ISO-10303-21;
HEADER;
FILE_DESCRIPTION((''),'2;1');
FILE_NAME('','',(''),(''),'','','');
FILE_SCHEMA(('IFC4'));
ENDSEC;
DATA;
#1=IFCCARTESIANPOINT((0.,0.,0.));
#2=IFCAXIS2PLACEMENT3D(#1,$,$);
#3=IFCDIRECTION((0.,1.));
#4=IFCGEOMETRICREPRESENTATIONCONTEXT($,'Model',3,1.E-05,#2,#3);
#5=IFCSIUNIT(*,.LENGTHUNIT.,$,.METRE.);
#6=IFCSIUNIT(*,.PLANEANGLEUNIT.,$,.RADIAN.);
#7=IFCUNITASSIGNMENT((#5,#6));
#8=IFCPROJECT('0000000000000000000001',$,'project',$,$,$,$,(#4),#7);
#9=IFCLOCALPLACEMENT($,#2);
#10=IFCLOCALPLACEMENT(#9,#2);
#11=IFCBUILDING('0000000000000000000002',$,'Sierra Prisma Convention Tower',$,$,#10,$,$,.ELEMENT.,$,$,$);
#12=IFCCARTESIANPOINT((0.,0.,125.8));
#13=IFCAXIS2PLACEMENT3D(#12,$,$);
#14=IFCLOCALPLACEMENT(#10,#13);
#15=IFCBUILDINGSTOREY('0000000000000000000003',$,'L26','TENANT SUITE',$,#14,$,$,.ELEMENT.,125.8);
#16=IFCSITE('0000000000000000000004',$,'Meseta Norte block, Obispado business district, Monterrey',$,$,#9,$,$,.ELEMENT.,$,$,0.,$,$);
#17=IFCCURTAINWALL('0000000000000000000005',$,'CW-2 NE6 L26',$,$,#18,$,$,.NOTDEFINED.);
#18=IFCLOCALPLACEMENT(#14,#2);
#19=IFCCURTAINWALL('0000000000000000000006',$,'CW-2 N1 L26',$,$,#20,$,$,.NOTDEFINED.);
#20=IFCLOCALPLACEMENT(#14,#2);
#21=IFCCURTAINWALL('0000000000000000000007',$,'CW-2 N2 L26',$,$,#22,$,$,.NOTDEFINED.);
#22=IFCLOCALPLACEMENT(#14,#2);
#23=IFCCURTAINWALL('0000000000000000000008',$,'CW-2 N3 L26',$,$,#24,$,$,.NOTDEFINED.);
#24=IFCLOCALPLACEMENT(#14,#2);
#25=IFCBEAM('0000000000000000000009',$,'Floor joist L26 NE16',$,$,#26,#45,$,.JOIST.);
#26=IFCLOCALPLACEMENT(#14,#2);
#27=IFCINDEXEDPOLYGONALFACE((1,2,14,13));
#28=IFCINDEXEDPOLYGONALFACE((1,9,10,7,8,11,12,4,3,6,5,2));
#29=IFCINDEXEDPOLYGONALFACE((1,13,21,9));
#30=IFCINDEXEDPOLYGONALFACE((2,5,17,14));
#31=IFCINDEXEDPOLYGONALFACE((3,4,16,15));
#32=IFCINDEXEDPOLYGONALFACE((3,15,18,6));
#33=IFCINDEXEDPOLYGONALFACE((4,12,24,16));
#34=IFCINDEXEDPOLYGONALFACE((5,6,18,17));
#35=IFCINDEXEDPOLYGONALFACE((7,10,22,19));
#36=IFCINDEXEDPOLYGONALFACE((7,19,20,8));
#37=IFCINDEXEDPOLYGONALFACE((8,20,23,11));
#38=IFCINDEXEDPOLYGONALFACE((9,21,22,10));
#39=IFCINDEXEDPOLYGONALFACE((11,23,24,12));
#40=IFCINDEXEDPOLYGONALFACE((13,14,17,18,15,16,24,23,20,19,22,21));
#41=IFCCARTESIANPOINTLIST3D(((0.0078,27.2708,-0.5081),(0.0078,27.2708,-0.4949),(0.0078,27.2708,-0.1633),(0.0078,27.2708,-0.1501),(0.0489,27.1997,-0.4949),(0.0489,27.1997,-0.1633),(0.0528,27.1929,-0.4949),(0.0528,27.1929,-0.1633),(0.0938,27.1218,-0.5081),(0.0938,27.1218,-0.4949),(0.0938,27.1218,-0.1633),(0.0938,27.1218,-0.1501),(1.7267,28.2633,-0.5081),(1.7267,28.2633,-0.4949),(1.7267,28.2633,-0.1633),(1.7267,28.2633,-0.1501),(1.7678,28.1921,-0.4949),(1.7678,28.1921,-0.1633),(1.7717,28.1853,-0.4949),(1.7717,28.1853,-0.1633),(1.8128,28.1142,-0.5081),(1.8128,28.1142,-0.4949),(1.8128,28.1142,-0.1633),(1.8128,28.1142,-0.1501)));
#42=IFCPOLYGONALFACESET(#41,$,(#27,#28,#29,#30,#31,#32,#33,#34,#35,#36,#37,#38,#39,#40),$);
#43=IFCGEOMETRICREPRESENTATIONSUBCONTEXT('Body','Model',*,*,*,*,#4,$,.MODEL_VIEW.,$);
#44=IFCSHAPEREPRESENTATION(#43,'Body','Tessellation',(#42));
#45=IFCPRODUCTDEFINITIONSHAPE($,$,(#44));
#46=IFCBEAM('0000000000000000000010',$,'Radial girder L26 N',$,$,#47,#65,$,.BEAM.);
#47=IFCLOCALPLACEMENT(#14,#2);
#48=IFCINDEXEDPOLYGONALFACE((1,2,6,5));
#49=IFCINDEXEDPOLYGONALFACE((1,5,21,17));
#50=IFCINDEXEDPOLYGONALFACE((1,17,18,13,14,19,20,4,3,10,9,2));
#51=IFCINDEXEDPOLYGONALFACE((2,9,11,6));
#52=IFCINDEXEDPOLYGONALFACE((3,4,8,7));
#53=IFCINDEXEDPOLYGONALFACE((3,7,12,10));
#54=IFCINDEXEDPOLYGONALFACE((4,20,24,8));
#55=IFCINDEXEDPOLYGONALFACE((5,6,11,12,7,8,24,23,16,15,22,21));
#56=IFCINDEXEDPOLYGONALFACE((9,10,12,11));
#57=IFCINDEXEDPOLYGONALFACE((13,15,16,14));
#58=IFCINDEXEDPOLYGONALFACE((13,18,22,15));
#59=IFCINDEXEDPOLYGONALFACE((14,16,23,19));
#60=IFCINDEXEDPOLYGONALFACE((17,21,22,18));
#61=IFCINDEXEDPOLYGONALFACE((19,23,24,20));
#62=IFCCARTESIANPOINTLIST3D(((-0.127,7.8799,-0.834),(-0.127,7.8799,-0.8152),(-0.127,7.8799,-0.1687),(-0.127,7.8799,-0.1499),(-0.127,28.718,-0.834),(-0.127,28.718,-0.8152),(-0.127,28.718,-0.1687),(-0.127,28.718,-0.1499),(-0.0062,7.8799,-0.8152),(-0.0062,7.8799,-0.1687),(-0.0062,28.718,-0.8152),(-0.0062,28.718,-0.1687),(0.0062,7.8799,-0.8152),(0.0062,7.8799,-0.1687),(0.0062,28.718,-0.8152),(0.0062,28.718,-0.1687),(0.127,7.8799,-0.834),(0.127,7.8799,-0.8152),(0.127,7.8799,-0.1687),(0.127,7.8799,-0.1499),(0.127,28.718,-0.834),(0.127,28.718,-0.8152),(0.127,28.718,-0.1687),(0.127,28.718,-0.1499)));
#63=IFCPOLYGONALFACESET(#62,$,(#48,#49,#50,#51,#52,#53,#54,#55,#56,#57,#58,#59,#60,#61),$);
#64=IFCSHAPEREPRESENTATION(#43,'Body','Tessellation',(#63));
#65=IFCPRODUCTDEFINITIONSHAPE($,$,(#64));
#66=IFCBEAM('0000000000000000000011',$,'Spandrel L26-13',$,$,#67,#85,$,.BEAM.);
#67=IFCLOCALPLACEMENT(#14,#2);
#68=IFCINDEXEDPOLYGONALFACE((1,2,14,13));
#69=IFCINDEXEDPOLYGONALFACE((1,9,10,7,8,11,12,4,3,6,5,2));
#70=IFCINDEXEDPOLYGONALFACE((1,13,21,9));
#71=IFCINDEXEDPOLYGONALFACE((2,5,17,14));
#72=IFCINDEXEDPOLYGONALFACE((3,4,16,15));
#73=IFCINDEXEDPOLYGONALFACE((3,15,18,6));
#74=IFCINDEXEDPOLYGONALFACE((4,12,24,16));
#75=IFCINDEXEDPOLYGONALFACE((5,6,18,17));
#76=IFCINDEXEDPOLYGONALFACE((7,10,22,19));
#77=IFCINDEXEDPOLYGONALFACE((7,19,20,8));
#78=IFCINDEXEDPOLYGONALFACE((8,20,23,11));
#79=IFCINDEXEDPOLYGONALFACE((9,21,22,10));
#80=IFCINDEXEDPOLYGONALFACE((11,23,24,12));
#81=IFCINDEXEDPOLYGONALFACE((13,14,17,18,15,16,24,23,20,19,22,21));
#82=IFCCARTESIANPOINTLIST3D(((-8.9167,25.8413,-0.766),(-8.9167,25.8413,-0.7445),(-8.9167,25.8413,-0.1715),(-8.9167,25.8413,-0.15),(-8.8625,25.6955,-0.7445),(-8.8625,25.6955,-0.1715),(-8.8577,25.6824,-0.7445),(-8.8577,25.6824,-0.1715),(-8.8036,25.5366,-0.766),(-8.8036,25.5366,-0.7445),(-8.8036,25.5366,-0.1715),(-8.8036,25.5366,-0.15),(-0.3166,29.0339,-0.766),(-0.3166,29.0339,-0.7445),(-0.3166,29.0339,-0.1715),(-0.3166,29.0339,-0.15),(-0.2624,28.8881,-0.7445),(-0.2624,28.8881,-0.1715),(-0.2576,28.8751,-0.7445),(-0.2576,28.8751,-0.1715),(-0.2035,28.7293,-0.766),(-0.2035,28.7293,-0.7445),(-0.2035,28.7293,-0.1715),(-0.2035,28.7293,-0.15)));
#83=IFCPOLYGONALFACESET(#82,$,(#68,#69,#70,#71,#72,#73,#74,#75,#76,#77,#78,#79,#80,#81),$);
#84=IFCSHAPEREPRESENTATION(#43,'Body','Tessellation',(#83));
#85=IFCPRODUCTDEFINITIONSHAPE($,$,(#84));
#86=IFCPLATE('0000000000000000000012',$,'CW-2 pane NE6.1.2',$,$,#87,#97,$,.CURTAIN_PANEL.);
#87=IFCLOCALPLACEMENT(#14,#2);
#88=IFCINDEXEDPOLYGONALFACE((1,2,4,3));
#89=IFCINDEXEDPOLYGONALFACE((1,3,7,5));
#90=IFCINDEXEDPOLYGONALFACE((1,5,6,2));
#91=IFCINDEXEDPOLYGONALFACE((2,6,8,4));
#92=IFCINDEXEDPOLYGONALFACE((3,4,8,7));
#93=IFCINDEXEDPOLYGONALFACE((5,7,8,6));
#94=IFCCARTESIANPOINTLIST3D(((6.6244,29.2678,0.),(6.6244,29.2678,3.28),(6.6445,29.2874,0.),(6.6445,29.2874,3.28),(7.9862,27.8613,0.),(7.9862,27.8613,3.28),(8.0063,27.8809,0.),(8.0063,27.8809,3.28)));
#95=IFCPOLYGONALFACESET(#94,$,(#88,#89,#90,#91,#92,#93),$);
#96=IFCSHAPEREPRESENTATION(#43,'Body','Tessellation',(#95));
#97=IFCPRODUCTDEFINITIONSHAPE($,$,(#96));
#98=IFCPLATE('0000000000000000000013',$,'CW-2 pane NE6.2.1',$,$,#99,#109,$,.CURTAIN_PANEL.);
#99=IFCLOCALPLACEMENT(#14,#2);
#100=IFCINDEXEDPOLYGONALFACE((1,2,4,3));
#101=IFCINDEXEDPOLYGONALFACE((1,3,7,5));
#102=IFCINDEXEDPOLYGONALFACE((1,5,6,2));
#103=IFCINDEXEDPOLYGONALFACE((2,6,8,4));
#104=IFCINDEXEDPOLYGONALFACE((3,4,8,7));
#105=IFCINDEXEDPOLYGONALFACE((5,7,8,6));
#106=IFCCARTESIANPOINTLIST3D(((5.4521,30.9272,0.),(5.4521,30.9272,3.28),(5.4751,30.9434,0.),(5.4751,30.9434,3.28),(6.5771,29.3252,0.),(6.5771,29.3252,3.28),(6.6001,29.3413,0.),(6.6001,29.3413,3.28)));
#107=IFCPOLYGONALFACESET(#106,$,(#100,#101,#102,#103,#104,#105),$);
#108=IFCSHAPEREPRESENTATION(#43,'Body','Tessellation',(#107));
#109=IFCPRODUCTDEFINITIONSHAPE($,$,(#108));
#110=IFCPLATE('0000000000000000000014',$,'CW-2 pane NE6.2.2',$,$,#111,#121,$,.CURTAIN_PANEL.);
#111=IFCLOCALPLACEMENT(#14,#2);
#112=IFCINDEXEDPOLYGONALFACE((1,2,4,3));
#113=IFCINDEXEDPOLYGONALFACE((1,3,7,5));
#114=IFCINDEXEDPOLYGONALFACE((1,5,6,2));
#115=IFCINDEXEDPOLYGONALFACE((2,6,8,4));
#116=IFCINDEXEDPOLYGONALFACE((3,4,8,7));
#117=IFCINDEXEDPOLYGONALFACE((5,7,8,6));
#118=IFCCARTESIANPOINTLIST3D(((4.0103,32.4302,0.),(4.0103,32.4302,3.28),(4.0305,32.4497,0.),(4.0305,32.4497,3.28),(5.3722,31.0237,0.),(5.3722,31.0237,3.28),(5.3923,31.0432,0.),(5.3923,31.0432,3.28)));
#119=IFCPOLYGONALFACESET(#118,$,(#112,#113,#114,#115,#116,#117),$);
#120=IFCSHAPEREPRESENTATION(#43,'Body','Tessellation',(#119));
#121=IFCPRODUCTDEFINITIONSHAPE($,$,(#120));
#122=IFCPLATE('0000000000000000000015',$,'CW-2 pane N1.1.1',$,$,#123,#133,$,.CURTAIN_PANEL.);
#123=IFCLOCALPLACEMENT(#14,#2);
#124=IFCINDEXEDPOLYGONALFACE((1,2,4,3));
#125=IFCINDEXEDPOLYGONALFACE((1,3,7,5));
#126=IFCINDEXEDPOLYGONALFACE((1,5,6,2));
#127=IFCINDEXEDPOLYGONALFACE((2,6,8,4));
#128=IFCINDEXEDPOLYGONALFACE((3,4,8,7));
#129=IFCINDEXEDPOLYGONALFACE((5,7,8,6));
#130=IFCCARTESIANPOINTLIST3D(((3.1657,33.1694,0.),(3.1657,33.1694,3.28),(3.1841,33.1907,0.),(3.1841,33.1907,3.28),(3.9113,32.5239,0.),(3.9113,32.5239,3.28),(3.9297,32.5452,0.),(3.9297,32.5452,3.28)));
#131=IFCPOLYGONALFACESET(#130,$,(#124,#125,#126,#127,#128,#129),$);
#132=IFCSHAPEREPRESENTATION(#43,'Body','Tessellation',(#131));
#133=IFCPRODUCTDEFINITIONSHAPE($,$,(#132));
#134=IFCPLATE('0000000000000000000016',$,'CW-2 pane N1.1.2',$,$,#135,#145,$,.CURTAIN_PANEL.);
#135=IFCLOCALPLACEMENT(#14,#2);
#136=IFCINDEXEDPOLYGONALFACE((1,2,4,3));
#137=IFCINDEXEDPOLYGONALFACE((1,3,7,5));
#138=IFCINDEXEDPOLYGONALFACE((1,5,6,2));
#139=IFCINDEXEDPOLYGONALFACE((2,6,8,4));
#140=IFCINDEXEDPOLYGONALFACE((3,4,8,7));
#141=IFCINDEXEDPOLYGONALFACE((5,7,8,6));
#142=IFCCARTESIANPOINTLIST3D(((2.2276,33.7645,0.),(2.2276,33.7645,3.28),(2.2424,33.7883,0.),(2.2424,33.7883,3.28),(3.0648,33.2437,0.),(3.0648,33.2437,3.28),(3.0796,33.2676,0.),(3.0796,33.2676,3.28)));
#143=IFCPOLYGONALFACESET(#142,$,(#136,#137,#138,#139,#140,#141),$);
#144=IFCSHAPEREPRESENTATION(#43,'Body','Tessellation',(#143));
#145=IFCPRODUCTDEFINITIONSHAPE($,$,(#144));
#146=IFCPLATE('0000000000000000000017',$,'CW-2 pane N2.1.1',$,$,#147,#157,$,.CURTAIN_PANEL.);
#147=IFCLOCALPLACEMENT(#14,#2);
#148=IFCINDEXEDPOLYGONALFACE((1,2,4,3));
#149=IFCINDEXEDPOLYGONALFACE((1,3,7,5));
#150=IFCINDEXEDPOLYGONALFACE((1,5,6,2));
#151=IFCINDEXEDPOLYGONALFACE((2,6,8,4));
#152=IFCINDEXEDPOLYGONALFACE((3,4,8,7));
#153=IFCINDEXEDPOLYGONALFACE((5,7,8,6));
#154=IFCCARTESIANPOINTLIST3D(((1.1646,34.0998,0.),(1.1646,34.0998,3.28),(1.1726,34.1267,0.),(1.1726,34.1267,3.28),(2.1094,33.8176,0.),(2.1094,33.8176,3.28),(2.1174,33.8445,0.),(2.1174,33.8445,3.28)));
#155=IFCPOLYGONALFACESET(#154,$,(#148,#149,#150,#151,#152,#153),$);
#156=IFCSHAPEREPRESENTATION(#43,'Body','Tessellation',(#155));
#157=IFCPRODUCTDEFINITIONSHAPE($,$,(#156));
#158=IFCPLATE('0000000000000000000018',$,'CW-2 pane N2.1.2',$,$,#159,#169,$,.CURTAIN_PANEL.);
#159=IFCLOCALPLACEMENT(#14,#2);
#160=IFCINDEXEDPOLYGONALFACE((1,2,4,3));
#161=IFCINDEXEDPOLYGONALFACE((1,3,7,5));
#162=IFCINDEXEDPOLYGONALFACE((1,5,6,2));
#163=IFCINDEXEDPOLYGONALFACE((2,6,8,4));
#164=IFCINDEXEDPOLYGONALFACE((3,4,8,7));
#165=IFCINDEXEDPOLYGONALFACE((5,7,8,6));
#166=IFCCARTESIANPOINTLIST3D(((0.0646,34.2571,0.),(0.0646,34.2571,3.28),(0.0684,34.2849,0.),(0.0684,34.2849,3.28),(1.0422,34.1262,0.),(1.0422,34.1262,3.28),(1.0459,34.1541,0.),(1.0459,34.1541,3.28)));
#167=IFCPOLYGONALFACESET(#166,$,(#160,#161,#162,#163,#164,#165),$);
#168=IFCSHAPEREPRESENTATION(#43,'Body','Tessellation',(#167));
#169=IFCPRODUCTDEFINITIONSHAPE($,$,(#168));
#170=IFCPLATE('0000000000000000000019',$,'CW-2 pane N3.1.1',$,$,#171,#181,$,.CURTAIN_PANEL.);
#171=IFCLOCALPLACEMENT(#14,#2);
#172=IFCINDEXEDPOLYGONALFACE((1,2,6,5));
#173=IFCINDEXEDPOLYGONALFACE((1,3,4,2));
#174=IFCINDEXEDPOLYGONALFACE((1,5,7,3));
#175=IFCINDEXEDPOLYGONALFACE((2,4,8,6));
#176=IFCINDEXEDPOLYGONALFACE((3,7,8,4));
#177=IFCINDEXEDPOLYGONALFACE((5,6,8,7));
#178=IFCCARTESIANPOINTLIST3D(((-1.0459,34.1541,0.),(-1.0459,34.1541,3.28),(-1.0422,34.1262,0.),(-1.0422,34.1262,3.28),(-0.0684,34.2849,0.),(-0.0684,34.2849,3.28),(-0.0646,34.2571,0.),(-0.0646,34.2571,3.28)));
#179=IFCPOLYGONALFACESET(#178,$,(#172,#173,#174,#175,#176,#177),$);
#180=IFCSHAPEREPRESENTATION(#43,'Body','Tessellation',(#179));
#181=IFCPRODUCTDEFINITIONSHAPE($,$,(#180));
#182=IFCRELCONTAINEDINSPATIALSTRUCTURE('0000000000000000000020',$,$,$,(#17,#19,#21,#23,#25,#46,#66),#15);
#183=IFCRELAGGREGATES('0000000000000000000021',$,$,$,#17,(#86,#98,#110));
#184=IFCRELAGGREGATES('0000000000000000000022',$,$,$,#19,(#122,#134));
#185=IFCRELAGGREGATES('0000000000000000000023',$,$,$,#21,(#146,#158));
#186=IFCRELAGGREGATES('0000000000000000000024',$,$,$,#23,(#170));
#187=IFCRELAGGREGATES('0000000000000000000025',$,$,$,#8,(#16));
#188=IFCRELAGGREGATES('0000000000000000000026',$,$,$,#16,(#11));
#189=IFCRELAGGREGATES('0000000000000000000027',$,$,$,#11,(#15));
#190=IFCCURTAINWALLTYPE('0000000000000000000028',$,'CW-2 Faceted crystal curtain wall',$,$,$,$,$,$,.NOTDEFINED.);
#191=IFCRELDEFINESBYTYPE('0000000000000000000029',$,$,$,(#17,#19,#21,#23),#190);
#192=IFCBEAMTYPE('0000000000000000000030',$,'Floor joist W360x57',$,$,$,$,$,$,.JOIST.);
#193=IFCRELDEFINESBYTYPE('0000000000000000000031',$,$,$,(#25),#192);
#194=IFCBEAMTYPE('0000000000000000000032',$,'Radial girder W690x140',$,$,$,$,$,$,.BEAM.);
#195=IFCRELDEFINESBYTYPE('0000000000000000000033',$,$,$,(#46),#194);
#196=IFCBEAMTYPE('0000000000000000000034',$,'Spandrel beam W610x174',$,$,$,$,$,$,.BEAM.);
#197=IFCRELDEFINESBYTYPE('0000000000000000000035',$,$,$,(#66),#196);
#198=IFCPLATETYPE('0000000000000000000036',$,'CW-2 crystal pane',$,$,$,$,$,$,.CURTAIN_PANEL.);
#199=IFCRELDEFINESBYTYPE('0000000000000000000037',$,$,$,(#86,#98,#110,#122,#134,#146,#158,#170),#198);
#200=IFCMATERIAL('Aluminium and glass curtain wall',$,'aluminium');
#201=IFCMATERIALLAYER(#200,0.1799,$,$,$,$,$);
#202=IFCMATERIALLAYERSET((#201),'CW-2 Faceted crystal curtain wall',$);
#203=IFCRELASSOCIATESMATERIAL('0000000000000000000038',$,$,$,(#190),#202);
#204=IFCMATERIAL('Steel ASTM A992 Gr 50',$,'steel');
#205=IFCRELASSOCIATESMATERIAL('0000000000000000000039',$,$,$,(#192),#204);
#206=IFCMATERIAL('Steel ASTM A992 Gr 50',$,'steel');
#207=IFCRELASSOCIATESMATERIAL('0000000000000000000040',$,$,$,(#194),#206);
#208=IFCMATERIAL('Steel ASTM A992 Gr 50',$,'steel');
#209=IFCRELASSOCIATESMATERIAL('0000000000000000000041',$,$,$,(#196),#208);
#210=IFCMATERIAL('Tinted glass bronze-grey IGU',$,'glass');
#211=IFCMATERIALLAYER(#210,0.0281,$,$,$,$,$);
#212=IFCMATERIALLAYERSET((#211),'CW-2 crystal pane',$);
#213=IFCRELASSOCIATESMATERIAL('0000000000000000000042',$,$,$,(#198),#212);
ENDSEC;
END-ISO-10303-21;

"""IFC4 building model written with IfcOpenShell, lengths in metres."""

from ifc_helpers import new_model, si_unit, direction, frame, origin, origin_2d, place, context, subcontext, project, spatial, polyline, i_section, outline, extrude, material, layer, layer_set, material_profile, profile_set, type_object, element, aggregate, save


model = new_model("IFC4")

# Units and contexts
model_context = context("Model", 3, precision=1e-05, world=origin(), true_north=direction((0.0, 1.0)))
body_context = subcontext(model_context, "Body", "Model", "MODEL_VIEW")
ifc_project = project(units=[si_unit("LENGTHUNIT", "METRE"), si_unit("PLANEANGLEUNIT", "RADIAN")], contexts=[model_context])

# Site, building, storey
site_placement = place(None, origin())
site = spatial("IfcSite", under=ifc_project, at=site_placement, Name="Meseta Norte block, Obispado business district, Monterrey", CompositionType="ELEMENT", RefElevation=0.0)
building_placement = place(site_placement, origin())
building = spatial("IfcBuilding", under=site, at=building_placement, Name="Sierra Prisma Convention Tower", CompositionType="ELEMENT")
storey_placement = place(building_placement, frame((0.0, 0.0, 125.8)))
storey = spatial("IfcBuildingStorey", under=building, at=storey_placement, Name="L26", Description="TENANT SUITE", CompositionType="ELEMENT", Elevation=125.8)

# Curtain wall
ifc_material_1 = material(Name="Aluminium and glass curtain wall", Category="aluminium")
ifc_layer_1 = layer(ifc_material_1, 0.1799)
ifc_layer_set_1 = layer_set([ifc_layer_1], Name="CW-2 Faceted crystal curtain wall")
curtain_wall_type = type_object("IfcCurtainWallType", Name="CW-2 Faceted crystal curtain wall", PredefinedType="NOTDEFINED", material=ifc_layer_set_1)
curtain_wall_1_placement = place(storey_placement, origin())
curtain_wall_1 = element("IfcCurtainWall", 1, at=curtain_wall_1_placement, inside=storey, type_object=curtain_wall_type, Name="CW-2 NE6 L26", PredefinedType="NOTDEFINED")

# Curtain walls
curtain_wall_2_placement = place(storey_placement, origin())
curtain_wall_2 = element("IfcCurtainWall", 2, at=curtain_wall_2_placement, inside=storey, type_object=curtain_wall_type, Name="CW-2 N1 L26", PredefinedType="NOTDEFINED")
curtain_wall_3_placement = place(storey_placement, origin())
curtain_wall_3 = element("IfcCurtainWall", 3, at=curtain_wall_3_placement, inside=storey, type_object=curtain_wall_type, Name="CW-2 N2 L26", PredefinedType="NOTDEFINED")

# Curtain wall
curtain_wall_4_placement = place(storey_placement, origin())
curtain_wall_4 = element("IfcCurtainWall", 4, at=curtain_wall_4_placement, inside=storey, type_object=curtain_wall_type, Name="CW-2 N3 L26", PredefinedType="NOTDEFINED")

# Beams
ifc_material_2 = material(Name="Steel ASTM A992 Gr 50", Category="steel")
ifc_material_profile_1 = material_profile(ifc_material_2, i_section(OverallWidth=0.1721, OverallDepth=0.3579, WebThickness=0.0078, FlangeThickness=0.0132, at=origin_2d()), Name="W360x57")
ifc_profile_set_1 = profile_set([ifc_material_profile_1], Name="Steel ASTM A992 Gr 50")
beam_type_1 = type_object("IfcBeamType", Name="Floor joist W360x57", PredefinedType="JOIST", material=ifc_profile_set_1)
beam_1_placement = place(storey_placement, frame((1.7698, 28.1887, -0.3291), z_axis=(-0.866032, -0.499989, 0.0), x_axis=(0.499989, -0.866032, 0.0)))
element("IfcBeam", 5, at=beam_1_placement, inside=storey, type_object=beam_type_1, Name="Floor joist L26 NE16", PredefinedType="JOIST", context=body_context, shape_type="SweptSolid", body=[
    extrude(i_section(OverallWidth=0.1721, OverallDepth=0.3579, WebThickness=0.0078, FlangeThickness=0.0132, at=origin_2d()), origin(), (0.0, 0.0, 1.0), 1.9849),
])
ifc_material_3 = material(Name="Steel ASTM A992 Gr 50", Category="steel")
ifc_material_profile_2 = material_profile(ifc_material_3, i_section(OverallWidth=0.2539, OverallDepth=0.6841, WebThickness=0.0125, FlangeThickness=0.0188, at=origin_2d()), Name="W690x140")
ifc_profile_set_2 = profile_set([ifc_material_profile_2], Name="Steel ASTM A992 Gr 50")
beam_type_2 = type_object("IfcBeamType", Name="Radial girder W690x140", PredefinedType="BEAM", material=ifc_profile_set_2)
beam_2_placement = place(storey_placement, frame((0.0, 28.718, -0.4919), z_axis=(0.0, -1.0, 0.0), x_axis=(1.0, 0.0, 0.0)))
element("IfcBeam", 6, at=beam_2_placement, inside=storey, type_object=beam_type_2, Name="Radial girder L26 N", PredefinedType="BEAM", context=body_context, shape_type="SweptSolid", body=[
    extrude(i_section(OverallWidth=0.2539, OverallDepth=0.6841, WebThickness=0.0125, FlangeThickness=0.0188, at=origin_2d()), origin(), (0.0, 0.0, 1.0), 20.8381),
])
ifc_material_4 = material(Name="Steel ASTM A992 Gr 50", Category="steel")
ifc_material_profile_3 = material_profile(ifc_material_4, i_section(OverallWidth=0.325, OverallDepth=0.616, WebThickness=0.0139, FlangeThickness=0.0215, at=origin_2d()), Name="W610x174")
ifc_profile_set_3 = profile_set([ifc_material_profile_3], Name="Steel ASTM A992 Gr 50")
beam_type_3 = type_object("IfcBeamType", Name="Spandrel beam W610x174", PredefinedType="BEAM", material=ifc_profile_set_3)
beam_3_placement = place(storey_placement, frame((-0.26, 28.8816, -0.458), z_axis=(-0.937486, -0.348024, 0.0), x_axis=(0.348024, -0.937486, 0.0)))
element("IfcBeam", 7, at=beam_3_placement, inside=storey, type_object=beam_type_3, Name="Spandrel L26-13", PredefinedType="BEAM", context=body_context, shape_type="SweptSolid", body=[
    extrude(i_section(OverallWidth=0.325, OverallDepth=0.616, WebThickness=0.0139, FlangeThickness=0.0215, at=origin_2d()), origin(), (0.0, 0.0, 1.0), 9.1736),
])

# Plates
ifc_material_5 = material(Name="Tinted glass bronze-grey IGU", Category="glass")
ifc_layer_2 = layer(ifc_material_5, 0.0281)
ifc_layer_set_2 = layer_set([ifc_layer_2], Name="CW-2 crystal pane")
plate_type = type_object("IfcPlateType", Name="CW-2 crystal pane", PredefinedType="CURTAIN_PANEL", material=ifc_layer_set_2)
plate_1_placement = place(storey_placement, frame((6.6445, 29.2874, 0.0), z_axis=(0.718425, 0.695604, 0.0), x_axis=(0.695604, -0.718425, 0.0)))
plate_1 = element("IfcPlate", 8, at=plate_1_placement, type_object=plate_type, Name="CW-2 pane NE6.1.2", PredefinedType="CURTAIN_PANEL", context=body_context, shape_type="SweptSolid", body=[
    extrude(outline(polyline([(0.0, 0.0), (1.9577, 0.0), (1.9577, -3.28), (0.0, -3.28), (0.0, 0.0)])), origin(), (0.0, 0.0, -1.0), 0.0281),
])
plate_2_placement = place(storey_placement, frame((6.6001, 29.3413, 0.0), z_axis=(0.818376, 0.574684, 0.0), x_axis=(-0.574684, 0.818376, 0.0)))
plate_2 = element("IfcPlate", 9, at=plate_2_placement, type_object=plate_type, Name="CW-2 pane NE6.2.1", PredefinedType="CURTAIN_PANEL", context=body_context, shape_type="SweptSolid", body=[
    extrude(outline(polyline([(0.0, 0.0), (1.9576, 0.0), (1.9576, 3.28), (0.0, 3.28), (0.0, 0.0)])), origin(), (0.0, 0.0, -1.0), 0.0281),
])
plate_3_placement = place(storey_placement, frame((4.0305, 32.4497, 0.0), z_axis=(0.718425, 0.695604, 0.0), x_axis=(0.695604, -0.718425, 0.0)))
plate_3 = element("IfcPlate", 10, at=plate_3_placement, type_object=plate_type, Name="CW-2 pane NE6.2.2", PredefinedType="CURTAIN_PANEL", context=body_context, shape_type="SweptSolid", body=[
    extrude(outline(polyline([(0.0, 0.0), (1.9577, 0.0), (1.9577, -3.28), (0.0, -3.28), (0.0, 0.0)])), origin(), (0.0, 0.0, -1.0), 0.0281),
])
aggregate(curtain_wall_1, [plate_1, plate_2, plate_3])
plate_4_placement = place(storey_placement, frame((3.9297, 32.5452, 0.0), z_axis=(0.654535, 0.756032, 0.0), x_axis=(-0.756032, 0.654535, 0.0)))
plate_4 = element("IfcPlate", 11, at=plate_4_placement, type_object=plate_type, Name="CW-2 pane N1.1.1", PredefinedType="CURTAIN_PANEL", context=body_context, shape_type="SweptSolid", body=[
    extrude(outline(polyline([(0.0, 0.0), (0.9862, 0.0), (0.9862, 3.28), (0.0, 3.28), (0.0, 0.0)])), origin(), (0.0, 0.0, -1.0), 0.0281),
])
plate_5_placement = place(storey_placement, frame((2.2424, 33.7883, 0.0), z_axis=(0.528195, 0.849123, 0.0), x_axis=(0.849123, -0.528195, 0.0)))
plate_5 = element("IfcPlate", 12, at=plate_5_placement, type_object=plate_type, Name="CW-2 pane N1.1.2", PredefinedType="CURTAIN_PANEL", context=body_context, shape_type="SweptSolid", body=[
    extrude(outline(polyline([(0.0, 0.0), (0.9859, 0.0), (0.9859, -3.28), (0.0, -3.28), (0.0, 0.0)])), origin(), (0.0, 0.0, -1.0), 0.0281),
])
aggregate(curtain_wall_2, [plate_4, plate_5])
plate_6_placement = place(storey_placement, frame((2.1174, 33.8445, 0.0), z_axis=(0.286212, 0.958166, 0.0), x_axis=(-0.958166, 0.286212, 0.0)))
plate_6 = element("IfcPlate", 13, at=plate_6_placement, type_object=plate_type, Name="CW-2 pane N2.1.1", PredefinedType="CURTAIN_PANEL", context=body_context, shape_type="SweptSolid", body=[
    extrude(outline(polyline([(0.0, 0.0), (0.9861, 0.0), (0.9861, 3.28), (0.0, 3.28), (0.0, 0.0)])), origin(), (0.0, 0.0, -1.0), 0.0281),
])
plate_7_placement = place(storey_placement, frame((0.0684, 34.2849, 0.0), z_axis=(0.132683, 0.991159, 0.0), x_axis=(0.991159, -0.132683, 0.0)))
plate_7 = element("IfcPlate", 14, at=plate_7_placement, type_object=plate_type, Name="CW-2 pane N2.1.2", PredefinedType="CURTAIN_PANEL", context=body_context, shape_type="SweptSolid", body=[
    extrude(outline(polyline([(0.0, 0.0), (0.9863, 0.0), (0.9863, -3.28), (0.0, -3.28), (0.0, 0.0)])), origin(), (0.0, 0.0, -1.0), 0.0281),
])
aggregate(curtain_wall_3, [plate_6, plate_7])
plate_8_placement = place(storey_placement, frame((-0.0684, 34.2849, 0.0), z_axis=(-0.132683, 0.991159, 0.0), x_axis=(-0.991159, -0.132683, 0.0)))
plate_8 = element("IfcPlate", 15, at=plate_8_placement, type_object=plate_type, Name="CW-2 pane N3.1.1", PredefinedType="CURTAIN_PANEL", context=body_context, shape_type="SweptSolid", body=[
    extrude(outline(polyline([(0.0, 0.0), (0.9863, 0.0), (0.9863, 3.28), (0.0, 3.28), (0.0, 0.0)])), origin(), (0.0, 0.0, -1.0), 0.0281),
])
aggregate(curtain_wall_4, [plate_8])

save(model, "model.ifc")
